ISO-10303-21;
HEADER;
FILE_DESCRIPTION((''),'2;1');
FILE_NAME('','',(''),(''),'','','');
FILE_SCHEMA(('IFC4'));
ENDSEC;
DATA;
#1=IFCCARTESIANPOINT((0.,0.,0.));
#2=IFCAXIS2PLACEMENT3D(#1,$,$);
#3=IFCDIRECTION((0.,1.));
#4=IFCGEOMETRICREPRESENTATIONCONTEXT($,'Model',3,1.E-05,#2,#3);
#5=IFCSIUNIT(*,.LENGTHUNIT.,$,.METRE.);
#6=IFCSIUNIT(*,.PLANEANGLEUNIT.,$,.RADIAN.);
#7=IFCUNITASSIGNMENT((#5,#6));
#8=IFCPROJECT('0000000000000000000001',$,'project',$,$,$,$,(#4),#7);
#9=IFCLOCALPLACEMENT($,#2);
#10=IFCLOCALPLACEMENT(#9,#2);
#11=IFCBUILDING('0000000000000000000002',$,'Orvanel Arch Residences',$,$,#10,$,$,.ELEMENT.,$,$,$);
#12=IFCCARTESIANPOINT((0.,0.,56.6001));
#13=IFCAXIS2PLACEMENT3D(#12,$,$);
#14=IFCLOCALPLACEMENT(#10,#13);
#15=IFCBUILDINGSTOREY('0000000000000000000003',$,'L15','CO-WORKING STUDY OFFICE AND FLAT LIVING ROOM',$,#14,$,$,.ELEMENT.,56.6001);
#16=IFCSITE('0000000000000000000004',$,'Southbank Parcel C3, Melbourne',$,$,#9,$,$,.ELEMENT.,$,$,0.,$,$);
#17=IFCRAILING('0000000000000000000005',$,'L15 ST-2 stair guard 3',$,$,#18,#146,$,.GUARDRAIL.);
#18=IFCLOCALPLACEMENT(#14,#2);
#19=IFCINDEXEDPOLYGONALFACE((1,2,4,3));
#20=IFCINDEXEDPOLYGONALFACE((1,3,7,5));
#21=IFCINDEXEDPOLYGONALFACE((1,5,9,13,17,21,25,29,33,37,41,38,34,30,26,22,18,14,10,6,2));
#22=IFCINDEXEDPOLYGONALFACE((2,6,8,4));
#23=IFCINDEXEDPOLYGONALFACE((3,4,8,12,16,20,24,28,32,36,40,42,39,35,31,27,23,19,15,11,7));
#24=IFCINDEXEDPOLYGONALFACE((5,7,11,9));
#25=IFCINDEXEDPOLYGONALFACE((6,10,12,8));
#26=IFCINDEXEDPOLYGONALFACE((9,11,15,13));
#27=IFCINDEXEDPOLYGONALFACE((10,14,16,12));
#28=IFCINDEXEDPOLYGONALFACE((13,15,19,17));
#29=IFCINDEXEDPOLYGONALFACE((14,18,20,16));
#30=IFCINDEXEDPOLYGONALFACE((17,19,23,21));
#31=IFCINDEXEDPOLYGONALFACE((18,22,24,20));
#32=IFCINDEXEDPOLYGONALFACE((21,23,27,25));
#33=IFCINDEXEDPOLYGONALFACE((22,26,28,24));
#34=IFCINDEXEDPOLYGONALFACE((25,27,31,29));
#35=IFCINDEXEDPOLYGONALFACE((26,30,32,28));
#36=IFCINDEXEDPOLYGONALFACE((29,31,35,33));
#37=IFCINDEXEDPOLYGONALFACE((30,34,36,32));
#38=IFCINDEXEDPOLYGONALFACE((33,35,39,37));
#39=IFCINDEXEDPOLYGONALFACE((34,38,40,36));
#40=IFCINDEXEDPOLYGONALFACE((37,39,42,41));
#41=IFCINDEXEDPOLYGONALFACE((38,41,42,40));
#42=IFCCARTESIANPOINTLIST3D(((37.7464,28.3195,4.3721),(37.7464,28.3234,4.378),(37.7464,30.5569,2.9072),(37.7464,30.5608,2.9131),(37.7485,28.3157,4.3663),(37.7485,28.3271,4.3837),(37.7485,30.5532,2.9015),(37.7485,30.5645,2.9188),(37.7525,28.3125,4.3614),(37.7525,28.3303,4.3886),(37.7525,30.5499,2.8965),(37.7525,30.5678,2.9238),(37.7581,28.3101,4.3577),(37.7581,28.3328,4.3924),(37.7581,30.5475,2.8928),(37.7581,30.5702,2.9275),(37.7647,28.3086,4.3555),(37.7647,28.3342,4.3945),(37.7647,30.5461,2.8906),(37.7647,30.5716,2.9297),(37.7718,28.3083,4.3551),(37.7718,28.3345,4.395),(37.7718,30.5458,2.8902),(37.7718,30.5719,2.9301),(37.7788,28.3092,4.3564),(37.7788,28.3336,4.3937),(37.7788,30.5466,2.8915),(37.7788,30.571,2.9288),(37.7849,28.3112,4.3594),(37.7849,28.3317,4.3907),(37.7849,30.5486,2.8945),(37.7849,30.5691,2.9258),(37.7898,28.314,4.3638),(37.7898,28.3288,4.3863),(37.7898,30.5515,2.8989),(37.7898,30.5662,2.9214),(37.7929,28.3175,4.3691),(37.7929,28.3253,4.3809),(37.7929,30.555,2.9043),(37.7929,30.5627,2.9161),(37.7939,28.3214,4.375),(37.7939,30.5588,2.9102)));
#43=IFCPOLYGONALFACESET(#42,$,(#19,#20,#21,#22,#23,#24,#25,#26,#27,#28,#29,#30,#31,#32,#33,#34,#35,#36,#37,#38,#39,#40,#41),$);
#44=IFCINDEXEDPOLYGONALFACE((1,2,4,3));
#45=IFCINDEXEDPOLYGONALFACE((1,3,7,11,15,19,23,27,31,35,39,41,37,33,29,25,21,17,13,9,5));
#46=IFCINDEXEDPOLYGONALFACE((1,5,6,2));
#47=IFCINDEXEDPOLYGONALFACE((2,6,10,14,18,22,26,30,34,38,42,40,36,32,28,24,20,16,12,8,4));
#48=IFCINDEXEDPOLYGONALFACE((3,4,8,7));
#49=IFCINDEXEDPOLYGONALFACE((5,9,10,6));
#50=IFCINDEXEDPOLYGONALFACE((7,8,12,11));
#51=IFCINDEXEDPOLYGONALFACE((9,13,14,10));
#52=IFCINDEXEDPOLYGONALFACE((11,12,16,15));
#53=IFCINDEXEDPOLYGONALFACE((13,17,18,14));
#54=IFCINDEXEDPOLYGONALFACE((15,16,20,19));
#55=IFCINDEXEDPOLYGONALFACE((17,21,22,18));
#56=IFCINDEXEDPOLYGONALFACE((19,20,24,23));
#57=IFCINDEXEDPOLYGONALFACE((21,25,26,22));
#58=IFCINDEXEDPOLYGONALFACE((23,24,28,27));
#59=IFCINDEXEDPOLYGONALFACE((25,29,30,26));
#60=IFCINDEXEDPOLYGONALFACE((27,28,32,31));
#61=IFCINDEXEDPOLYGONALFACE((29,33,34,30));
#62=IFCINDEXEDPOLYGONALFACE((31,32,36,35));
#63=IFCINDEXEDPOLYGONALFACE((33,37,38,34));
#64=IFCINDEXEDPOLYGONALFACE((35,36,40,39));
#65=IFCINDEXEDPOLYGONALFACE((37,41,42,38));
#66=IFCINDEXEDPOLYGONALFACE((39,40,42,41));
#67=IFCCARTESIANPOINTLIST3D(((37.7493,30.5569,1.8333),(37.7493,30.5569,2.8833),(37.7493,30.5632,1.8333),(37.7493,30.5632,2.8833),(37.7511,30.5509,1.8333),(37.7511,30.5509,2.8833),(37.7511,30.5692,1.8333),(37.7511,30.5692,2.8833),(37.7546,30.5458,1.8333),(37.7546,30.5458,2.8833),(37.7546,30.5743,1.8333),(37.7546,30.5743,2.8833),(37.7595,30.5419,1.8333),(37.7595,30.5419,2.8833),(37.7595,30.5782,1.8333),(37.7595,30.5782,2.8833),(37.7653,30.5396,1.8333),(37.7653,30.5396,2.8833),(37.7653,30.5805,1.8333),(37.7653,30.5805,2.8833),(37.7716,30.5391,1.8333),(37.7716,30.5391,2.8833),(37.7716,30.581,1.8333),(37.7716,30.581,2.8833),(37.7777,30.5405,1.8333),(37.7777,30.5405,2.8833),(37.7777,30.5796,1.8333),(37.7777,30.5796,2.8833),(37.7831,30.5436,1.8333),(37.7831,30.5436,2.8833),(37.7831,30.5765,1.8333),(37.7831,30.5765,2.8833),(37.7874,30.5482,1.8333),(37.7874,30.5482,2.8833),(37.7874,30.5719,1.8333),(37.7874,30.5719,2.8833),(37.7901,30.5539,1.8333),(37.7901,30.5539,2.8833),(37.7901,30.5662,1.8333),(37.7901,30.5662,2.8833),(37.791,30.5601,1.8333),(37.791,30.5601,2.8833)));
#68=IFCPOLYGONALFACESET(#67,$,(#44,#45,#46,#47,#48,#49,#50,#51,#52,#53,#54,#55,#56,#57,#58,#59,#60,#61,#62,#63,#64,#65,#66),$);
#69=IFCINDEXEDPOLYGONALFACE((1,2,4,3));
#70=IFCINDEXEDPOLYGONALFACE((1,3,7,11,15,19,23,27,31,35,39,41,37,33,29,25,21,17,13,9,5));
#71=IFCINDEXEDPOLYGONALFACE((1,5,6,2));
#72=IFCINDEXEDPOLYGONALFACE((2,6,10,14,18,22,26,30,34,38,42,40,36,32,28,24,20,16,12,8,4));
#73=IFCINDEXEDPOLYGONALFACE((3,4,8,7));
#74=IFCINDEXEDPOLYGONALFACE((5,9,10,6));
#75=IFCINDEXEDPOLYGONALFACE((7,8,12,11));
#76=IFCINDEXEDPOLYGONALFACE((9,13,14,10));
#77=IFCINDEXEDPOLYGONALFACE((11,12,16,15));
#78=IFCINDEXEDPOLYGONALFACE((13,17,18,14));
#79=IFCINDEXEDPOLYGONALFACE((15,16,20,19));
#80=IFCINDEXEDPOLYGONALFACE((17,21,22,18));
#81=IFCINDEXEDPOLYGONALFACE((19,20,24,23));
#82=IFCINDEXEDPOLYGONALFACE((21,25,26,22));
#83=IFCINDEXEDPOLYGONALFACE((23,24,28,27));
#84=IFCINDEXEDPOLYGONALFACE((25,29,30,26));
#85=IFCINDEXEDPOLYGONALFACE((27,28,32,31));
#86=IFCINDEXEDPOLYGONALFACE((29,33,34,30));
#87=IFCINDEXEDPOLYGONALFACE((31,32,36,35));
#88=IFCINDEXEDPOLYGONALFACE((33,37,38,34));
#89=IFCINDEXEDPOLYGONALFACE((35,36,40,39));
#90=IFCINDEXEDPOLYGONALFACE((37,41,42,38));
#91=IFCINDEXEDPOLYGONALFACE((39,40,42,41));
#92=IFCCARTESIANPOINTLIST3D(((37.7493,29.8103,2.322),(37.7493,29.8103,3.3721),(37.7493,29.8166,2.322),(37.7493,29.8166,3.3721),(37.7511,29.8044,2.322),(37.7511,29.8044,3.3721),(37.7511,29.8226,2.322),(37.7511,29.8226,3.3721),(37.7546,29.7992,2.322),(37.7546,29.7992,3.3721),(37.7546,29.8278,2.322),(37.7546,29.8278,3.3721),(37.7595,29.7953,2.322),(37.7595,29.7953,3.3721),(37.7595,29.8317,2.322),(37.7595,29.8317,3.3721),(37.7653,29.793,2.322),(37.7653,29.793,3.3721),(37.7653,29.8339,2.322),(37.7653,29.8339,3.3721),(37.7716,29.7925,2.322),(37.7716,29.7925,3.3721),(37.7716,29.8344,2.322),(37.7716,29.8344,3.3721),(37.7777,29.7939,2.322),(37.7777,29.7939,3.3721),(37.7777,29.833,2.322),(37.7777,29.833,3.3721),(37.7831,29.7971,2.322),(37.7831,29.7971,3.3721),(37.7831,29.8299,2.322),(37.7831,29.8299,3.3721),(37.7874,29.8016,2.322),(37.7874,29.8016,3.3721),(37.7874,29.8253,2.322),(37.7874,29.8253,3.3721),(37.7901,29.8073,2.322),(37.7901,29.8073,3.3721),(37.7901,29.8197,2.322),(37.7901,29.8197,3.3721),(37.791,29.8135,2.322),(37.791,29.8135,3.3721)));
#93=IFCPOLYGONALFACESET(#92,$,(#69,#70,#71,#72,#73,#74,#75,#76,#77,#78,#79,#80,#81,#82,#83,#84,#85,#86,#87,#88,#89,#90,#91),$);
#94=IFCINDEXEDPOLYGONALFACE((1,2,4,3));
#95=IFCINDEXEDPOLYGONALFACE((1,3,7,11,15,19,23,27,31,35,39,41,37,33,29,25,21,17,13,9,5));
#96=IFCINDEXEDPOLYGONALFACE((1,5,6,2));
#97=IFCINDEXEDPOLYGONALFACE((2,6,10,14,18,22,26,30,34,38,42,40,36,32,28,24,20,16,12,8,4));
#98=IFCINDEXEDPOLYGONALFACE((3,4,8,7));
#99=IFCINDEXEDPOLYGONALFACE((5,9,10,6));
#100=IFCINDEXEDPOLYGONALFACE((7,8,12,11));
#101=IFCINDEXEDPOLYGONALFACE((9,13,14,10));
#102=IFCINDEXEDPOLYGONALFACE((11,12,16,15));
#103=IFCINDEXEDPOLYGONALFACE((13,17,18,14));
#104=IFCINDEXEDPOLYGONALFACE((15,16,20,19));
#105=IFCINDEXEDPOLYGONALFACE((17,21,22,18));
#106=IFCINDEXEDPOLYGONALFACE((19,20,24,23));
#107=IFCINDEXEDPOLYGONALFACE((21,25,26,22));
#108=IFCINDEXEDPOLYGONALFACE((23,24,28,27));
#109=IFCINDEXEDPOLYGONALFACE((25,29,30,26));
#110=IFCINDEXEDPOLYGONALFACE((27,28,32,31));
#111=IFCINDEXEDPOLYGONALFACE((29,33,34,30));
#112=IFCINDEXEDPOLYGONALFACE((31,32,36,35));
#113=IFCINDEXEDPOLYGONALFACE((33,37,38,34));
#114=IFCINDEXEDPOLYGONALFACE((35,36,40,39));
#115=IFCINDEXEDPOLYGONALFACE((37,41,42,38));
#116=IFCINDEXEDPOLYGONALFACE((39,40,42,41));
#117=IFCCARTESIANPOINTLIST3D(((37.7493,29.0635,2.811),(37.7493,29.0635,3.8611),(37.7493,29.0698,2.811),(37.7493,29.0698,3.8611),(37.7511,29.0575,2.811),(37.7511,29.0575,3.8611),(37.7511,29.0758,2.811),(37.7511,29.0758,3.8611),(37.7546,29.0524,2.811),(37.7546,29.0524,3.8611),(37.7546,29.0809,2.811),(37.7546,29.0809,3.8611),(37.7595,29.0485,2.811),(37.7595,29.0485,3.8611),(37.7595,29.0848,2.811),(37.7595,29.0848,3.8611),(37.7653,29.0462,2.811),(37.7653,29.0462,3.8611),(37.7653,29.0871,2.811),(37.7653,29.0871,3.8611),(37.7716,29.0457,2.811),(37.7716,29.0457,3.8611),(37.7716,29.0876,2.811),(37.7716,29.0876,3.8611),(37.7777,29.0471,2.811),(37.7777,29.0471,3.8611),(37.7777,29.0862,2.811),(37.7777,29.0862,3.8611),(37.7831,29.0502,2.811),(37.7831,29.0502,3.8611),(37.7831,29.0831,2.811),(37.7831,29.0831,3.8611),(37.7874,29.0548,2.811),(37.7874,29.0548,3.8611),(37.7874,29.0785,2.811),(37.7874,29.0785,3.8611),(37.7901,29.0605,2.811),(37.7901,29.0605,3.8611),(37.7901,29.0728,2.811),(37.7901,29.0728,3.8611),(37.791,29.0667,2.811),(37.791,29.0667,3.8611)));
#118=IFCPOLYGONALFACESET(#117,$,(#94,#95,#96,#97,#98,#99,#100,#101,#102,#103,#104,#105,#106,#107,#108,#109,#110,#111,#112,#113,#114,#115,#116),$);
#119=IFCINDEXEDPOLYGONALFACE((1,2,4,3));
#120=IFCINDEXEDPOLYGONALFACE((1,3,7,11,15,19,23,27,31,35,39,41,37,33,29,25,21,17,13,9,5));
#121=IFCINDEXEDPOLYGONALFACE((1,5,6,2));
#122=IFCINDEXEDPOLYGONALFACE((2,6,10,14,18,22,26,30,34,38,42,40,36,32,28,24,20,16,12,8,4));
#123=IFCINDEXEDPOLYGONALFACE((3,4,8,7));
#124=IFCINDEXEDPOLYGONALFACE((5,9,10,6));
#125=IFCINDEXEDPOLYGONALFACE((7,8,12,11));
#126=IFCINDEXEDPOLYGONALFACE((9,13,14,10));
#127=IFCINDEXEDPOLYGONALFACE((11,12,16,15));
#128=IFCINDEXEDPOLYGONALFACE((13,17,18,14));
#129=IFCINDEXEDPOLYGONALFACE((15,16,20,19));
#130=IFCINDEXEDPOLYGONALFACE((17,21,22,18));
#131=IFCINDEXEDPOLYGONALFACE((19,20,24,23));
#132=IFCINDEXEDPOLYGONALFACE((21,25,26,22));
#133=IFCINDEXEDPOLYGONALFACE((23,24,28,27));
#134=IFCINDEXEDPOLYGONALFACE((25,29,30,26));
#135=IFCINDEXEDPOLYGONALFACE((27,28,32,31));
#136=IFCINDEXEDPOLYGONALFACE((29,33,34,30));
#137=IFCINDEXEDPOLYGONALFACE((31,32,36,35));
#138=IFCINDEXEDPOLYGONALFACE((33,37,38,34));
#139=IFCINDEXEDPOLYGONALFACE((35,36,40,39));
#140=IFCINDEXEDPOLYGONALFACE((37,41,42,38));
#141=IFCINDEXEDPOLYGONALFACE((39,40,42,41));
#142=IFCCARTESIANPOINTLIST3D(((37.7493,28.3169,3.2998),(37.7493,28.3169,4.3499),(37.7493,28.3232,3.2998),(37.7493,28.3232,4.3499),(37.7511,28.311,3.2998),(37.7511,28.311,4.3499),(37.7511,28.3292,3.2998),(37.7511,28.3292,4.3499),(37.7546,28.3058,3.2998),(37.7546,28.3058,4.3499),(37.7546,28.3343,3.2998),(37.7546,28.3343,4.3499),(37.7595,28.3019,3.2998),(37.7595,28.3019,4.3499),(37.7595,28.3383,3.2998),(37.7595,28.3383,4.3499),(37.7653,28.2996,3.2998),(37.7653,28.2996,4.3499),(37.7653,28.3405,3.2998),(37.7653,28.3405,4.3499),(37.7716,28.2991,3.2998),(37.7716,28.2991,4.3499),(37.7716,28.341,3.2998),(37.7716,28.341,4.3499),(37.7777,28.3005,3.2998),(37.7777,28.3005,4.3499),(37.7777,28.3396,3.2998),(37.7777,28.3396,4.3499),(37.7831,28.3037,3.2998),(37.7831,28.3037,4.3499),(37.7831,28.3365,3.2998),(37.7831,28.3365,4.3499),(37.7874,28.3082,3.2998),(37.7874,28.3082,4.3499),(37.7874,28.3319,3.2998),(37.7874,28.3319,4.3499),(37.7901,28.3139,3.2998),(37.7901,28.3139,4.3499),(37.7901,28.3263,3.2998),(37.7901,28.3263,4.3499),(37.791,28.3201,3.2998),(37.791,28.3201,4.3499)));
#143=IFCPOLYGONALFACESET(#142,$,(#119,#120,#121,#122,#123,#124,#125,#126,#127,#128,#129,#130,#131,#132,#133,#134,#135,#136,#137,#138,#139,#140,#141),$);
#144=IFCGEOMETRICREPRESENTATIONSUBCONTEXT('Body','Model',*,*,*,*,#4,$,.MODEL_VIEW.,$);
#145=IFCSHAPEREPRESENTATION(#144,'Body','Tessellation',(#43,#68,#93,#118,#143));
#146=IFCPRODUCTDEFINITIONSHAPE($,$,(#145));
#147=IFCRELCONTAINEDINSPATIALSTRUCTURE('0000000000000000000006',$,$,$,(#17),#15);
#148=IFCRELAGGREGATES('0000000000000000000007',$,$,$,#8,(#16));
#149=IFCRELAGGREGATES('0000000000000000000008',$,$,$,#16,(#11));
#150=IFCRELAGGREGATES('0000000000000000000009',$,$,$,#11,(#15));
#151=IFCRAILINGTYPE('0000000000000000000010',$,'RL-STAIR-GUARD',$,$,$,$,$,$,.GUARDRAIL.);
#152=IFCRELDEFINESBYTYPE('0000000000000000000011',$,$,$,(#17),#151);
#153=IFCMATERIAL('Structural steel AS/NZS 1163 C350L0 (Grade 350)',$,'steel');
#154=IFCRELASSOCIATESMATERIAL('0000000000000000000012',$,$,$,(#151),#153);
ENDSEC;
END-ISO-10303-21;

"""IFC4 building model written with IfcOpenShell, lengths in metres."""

from ifc_helpers import new_model, si_unit, direction, frame, origin, origin_2d, place, context, subcontext, project, spatial, circle, extrude, material, type_object, element, save


model = new_model("IFC4")

# Units and contexts
model_context = context("Model", 3, precision=1e-05, world=origin(), true_north=direction((0.0, 1.0)))
body_context = subcontext(model_context, "Body", "Model", "MODEL_VIEW")
ifc_project = project(units=[si_unit("LENGTHUNIT", "METRE"), si_unit("PLANEANGLEUNIT", "RADIAN")], contexts=[model_context])

# Site, building, storey
site_placement = place(None, origin())
site = spatial("IfcSite", under=ifc_project, at=site_placement, Name="Southbank Parcel C3, Melbourne", CompositionType="ELEMENT", RefElevation=0.0)
building_placement = place(site_placement, origin())
building = spatial("IfcBuilding", under=site, at=building_placement, Name="Orvanel Arch Residences", CompositionType="ELEMENT")
storey_placement = place(building_placement, frame((0.0, 0.0, 56.6001)))
storey = spatial("IfcBuildingStorey", under=building, at=storey_placement, Name="L15", Description="CO-WORKING STUDY OFFICE AND FLAT LIVING ROOM", CompositionType="ELEMENT", Elevation=56.6001)

# Railing
ifc_material_1 = material(Name="Structural steel AS/NZS 1163 C350L0 (Grade 350)", Category="steel")
railing_type_1 = type_object("IfcRailingType", Name="RL-STAIR-GUARD", PredefinedType="GUARDRAIL", material=ifc_material_1)
railing_1_placement = place(storey_placement, frame((37.77, 30.5601, 1.8333)))
element("IfcRailing", 1, at=railing_1_placement, inside=storey, type_object=railing_type_1, Name="L15 ST-2 stair guard 3", PredefinedType="GUARDRAIL", context=body_context, shape_type="SweptSolid", body=[
    extrude(circle(Radius=0.0239, at=origin_2d()), frame((0.0, -0.0012, 1.0769), z_axis=(0.0, -0.836637, 0.547758), x_axis=(1.0, 0.0, 0.0)), (0.0, 0.0, 1.0), 2.6743),
    extrude(circle(Radius=0.021, at=origin_2d()), origin(), (0.0, 0.0, 1.0), 1.05),
    extrude(circle(Radius=0.021, at=origin_2d()), frame((0.0, -0.7466, 0.4888)), (0.0, 0.0, 1.0), 1.05),
    extrude(circle(Radius=0.021, at=origin_2d()), frame((0.0, -1.4934, 0.9778)), (0.0, 0.0, 1.0), 1.05),
    extrude(circle(Radius=0.021, at=origin_2d()), frame((0.0, -2.24, 1.4666)), (0.0, 0.0, 1.0), 1.05),
])

save(model, "model.ifc")
